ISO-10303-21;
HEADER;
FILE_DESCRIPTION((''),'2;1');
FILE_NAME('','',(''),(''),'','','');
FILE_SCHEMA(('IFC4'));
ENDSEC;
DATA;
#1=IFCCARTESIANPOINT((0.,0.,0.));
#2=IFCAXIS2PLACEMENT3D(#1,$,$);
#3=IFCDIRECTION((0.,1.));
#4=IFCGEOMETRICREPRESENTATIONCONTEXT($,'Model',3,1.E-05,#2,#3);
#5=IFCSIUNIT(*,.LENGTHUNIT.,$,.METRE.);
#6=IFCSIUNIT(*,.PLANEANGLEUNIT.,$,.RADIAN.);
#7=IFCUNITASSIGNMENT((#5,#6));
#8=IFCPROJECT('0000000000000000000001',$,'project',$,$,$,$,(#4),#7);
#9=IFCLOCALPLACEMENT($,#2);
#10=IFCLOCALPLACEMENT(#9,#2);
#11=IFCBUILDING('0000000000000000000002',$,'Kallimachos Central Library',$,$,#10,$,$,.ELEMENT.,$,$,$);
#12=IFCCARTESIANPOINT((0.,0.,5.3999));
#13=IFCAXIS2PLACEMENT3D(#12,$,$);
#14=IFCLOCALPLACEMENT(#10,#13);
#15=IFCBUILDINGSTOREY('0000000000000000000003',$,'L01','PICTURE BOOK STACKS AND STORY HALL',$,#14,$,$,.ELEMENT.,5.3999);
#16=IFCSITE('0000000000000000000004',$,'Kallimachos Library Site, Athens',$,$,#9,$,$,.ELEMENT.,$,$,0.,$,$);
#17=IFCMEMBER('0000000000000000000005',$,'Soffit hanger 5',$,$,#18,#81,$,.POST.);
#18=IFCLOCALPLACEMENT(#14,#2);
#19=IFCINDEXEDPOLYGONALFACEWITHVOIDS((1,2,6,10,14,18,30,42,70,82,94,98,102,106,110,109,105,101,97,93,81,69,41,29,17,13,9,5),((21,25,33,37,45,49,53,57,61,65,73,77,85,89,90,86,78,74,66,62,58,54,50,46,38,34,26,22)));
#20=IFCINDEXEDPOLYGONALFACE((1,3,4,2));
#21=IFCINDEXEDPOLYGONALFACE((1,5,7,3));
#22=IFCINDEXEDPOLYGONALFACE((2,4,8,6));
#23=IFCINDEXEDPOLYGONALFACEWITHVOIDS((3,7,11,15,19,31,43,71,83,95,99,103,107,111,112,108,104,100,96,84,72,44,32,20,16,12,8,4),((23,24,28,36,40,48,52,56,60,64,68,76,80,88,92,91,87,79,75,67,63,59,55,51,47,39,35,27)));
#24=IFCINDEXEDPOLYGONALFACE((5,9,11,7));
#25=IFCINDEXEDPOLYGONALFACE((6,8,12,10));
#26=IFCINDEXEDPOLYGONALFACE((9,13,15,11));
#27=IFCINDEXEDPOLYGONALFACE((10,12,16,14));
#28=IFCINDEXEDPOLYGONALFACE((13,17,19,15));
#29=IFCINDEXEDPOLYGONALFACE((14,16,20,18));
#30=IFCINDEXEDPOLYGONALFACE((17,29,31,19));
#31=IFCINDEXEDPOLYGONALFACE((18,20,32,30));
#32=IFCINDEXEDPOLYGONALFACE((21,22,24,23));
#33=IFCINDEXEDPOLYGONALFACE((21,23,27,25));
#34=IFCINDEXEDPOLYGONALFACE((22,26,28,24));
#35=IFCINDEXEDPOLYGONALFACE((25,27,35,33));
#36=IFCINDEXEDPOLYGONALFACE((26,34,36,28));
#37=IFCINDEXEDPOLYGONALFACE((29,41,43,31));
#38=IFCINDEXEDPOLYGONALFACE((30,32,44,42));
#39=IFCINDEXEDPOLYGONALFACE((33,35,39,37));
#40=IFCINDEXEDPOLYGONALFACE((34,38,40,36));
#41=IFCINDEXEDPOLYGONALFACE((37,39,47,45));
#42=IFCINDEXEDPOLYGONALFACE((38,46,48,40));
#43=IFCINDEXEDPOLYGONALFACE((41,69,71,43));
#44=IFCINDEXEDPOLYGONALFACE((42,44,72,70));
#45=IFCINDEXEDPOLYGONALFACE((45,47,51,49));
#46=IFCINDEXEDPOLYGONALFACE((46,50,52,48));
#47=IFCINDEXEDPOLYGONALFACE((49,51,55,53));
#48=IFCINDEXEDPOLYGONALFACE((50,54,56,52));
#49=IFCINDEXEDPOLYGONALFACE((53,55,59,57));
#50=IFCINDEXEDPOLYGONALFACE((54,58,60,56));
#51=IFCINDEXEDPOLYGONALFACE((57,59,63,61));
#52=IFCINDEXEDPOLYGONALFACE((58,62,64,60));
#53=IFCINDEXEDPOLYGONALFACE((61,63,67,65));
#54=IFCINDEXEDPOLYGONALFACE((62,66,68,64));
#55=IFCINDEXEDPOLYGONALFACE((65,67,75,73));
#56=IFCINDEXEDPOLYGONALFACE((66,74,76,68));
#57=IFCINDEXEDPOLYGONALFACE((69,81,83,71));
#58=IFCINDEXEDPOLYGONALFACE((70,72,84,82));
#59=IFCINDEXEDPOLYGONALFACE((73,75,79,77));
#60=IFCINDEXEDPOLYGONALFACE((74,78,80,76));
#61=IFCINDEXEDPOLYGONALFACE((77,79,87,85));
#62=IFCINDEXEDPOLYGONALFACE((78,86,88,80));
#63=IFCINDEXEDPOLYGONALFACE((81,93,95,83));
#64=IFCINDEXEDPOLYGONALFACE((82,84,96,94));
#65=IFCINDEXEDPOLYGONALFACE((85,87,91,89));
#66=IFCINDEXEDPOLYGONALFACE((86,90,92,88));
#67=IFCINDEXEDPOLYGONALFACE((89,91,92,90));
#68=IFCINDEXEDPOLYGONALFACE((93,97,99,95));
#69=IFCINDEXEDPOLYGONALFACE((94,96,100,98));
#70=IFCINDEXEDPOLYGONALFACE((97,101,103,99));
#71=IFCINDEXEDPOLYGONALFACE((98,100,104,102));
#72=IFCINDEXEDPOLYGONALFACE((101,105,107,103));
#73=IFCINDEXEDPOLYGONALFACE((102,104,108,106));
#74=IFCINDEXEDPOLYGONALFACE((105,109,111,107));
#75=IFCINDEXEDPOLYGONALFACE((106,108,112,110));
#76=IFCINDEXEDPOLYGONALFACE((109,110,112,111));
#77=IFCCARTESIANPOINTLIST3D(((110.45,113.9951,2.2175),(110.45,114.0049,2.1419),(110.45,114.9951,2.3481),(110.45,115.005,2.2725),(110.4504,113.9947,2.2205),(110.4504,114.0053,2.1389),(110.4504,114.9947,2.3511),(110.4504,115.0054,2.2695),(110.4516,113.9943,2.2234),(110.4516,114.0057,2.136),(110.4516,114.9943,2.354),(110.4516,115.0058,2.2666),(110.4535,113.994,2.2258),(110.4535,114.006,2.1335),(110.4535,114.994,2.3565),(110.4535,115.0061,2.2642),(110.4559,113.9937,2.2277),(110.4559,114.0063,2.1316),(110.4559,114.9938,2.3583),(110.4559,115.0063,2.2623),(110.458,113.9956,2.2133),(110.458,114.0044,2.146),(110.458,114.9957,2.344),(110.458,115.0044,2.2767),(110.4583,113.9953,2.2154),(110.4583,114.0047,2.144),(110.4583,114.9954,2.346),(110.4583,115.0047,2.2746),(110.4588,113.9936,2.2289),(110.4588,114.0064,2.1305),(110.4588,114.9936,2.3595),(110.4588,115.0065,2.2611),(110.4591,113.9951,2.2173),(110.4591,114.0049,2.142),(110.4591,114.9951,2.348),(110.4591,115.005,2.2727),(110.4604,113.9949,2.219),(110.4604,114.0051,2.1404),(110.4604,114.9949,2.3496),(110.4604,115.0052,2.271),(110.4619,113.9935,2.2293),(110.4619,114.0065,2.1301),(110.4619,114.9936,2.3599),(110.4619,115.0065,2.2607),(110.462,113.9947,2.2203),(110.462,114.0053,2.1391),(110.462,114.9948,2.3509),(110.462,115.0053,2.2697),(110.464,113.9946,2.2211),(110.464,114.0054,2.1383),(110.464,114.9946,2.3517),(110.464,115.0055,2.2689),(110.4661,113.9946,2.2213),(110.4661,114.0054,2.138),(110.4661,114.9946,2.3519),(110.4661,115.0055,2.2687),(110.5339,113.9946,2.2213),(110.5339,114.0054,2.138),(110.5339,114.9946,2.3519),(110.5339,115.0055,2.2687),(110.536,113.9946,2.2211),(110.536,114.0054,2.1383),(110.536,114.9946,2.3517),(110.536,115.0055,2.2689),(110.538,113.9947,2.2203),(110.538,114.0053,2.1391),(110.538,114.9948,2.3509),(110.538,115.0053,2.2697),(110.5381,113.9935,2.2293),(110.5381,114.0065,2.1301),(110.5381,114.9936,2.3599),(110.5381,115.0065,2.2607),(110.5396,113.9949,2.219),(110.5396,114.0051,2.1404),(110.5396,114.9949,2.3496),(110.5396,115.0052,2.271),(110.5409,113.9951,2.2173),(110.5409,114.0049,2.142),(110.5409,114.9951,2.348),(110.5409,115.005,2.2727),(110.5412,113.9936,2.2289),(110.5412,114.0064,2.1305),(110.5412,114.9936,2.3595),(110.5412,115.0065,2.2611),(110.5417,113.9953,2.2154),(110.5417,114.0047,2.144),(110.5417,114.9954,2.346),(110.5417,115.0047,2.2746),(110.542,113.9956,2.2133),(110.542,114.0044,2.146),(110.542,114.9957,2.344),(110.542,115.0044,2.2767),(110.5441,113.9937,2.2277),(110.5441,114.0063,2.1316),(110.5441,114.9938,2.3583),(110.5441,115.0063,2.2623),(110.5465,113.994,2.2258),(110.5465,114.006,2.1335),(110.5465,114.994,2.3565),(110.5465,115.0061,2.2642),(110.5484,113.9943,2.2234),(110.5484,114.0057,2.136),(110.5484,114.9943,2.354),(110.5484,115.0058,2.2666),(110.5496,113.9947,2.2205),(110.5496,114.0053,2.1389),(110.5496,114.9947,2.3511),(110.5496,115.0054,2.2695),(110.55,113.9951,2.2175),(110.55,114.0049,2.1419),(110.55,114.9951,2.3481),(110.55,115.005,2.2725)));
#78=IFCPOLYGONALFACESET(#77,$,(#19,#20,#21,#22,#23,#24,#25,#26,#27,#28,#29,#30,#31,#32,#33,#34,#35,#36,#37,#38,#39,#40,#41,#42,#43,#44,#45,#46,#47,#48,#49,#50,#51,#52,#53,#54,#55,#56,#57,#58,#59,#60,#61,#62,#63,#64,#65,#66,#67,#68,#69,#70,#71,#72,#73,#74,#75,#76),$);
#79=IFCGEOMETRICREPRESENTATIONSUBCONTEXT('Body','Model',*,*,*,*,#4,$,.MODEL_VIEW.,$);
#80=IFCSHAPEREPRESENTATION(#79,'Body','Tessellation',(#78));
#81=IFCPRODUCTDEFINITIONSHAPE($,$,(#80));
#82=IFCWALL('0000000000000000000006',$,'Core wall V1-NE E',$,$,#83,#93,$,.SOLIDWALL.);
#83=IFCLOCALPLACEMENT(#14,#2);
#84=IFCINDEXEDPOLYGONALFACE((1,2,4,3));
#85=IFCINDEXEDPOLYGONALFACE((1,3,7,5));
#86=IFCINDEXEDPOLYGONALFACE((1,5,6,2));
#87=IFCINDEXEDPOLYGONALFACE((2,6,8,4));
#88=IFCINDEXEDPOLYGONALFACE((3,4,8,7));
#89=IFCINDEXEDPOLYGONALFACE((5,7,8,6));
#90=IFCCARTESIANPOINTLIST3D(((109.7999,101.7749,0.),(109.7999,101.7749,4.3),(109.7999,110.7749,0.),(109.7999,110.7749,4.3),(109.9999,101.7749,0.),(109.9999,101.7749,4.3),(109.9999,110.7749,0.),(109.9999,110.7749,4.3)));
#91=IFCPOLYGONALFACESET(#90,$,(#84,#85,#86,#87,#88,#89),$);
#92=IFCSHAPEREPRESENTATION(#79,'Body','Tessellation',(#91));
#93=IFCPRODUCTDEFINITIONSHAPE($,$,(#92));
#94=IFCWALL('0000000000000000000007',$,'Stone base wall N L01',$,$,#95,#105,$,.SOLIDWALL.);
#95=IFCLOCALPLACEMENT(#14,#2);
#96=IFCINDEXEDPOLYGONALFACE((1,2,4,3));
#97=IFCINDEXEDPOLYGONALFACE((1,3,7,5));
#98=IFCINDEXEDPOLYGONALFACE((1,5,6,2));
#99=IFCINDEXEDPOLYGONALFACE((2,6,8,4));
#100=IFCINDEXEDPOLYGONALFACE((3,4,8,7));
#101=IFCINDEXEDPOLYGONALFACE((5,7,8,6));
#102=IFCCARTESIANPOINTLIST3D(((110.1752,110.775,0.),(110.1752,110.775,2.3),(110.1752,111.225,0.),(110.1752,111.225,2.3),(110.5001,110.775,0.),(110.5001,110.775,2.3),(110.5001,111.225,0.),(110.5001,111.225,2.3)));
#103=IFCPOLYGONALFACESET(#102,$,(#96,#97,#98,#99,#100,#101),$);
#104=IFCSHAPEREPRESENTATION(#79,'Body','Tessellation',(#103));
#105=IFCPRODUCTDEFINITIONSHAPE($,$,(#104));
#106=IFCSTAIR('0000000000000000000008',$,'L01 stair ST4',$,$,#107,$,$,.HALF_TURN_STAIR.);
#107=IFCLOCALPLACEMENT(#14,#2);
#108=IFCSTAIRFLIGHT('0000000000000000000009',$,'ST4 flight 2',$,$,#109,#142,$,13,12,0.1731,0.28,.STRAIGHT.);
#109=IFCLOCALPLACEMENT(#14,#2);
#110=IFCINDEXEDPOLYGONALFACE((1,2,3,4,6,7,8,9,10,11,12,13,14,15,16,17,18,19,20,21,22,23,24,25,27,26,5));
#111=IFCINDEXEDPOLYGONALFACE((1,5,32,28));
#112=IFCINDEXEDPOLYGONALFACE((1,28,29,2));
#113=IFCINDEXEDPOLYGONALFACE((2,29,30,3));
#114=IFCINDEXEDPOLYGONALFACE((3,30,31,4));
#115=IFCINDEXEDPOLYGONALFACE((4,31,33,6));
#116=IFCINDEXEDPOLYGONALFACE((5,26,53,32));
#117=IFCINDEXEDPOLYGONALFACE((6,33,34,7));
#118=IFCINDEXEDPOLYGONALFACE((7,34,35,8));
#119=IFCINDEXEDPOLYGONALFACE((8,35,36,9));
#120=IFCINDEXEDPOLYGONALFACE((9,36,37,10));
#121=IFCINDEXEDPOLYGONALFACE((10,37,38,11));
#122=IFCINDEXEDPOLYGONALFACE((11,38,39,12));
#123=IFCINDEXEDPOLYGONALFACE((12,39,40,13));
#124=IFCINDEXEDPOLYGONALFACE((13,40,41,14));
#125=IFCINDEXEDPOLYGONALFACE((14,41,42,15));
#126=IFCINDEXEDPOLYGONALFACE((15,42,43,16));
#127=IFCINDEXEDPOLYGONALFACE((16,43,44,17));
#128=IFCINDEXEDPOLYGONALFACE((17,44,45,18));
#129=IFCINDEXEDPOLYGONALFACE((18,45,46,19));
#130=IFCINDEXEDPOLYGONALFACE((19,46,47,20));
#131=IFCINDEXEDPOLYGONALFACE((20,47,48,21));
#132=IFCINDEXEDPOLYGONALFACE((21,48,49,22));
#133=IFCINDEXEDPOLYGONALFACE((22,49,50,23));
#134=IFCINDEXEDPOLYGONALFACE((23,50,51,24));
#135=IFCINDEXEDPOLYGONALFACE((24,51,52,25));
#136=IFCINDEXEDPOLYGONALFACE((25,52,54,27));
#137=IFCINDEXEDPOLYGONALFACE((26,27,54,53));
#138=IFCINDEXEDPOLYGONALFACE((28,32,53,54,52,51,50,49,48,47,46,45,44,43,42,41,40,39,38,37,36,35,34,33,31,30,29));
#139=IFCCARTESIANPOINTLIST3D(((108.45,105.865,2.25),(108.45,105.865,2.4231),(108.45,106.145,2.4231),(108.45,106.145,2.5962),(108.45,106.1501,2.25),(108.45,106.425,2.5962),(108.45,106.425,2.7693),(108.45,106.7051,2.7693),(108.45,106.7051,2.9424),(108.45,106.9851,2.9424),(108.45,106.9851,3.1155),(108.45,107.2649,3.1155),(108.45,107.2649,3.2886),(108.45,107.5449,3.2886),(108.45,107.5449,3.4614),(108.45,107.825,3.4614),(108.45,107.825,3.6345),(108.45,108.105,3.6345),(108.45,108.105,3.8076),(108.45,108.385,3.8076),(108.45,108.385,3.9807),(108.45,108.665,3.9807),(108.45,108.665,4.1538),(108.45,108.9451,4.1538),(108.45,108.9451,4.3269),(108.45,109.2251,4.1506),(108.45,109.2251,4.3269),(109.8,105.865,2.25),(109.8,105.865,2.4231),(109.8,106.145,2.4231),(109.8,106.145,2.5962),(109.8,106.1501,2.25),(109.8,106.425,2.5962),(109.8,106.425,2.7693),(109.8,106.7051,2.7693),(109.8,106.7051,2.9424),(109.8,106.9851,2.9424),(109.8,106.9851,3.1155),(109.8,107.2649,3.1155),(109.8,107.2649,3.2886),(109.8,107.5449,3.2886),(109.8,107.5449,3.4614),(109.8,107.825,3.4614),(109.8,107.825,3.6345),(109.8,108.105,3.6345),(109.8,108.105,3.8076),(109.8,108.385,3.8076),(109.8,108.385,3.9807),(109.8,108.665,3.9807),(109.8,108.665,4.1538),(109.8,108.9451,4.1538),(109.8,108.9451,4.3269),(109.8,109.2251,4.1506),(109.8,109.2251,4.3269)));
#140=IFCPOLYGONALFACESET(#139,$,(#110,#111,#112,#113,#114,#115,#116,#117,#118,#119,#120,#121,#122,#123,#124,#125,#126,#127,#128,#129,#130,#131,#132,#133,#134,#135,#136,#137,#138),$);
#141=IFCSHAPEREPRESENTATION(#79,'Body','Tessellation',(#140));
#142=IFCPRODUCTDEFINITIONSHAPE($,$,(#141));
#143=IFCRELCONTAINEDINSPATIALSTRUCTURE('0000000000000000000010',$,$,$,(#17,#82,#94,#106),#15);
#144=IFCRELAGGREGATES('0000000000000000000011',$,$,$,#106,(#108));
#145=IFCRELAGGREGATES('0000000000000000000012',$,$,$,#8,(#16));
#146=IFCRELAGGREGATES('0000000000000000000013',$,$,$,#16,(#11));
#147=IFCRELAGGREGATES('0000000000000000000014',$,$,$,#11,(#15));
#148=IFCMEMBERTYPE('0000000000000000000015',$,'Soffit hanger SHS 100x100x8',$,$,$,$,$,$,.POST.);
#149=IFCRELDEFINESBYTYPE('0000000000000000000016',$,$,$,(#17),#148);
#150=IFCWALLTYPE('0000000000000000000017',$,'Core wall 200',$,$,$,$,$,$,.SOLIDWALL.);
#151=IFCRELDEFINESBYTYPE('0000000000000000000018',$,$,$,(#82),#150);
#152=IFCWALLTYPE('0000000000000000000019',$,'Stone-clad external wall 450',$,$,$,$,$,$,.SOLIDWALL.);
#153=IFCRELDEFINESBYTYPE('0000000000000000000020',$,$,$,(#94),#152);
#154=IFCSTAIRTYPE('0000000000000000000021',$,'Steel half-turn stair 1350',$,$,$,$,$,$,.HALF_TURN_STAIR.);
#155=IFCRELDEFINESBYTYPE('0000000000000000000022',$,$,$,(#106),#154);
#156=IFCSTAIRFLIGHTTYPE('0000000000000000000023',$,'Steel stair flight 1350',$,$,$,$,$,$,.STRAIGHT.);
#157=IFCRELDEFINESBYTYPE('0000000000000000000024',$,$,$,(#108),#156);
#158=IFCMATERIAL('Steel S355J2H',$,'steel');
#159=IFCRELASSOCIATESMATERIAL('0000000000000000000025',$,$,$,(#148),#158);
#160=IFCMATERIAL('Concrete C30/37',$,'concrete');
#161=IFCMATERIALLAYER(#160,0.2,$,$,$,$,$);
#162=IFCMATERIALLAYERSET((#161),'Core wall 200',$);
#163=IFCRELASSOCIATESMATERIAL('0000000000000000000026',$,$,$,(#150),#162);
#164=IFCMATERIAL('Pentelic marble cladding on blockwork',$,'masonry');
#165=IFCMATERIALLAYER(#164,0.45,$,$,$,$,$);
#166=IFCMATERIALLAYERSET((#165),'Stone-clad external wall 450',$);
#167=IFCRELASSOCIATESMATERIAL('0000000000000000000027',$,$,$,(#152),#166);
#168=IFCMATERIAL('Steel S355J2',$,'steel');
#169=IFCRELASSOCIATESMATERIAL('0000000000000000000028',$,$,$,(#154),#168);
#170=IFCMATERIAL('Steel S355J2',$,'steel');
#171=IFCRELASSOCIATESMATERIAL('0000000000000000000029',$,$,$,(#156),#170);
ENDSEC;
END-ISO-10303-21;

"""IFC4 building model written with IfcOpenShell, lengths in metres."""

from ifc_helpers import new_model, si_unit, direction, frame, frame_2d, origin, origin_2d, place, context, subcontext, project, spatial, polyline, rectangle, hollow_rectangle, outline, extrude, material, layer, layer_set, material_profile, profile_set, type_object, element, aggregate, save


model = new_model("IFC4")

# Units and contexts
model_context = context("Model", 3, precision=1e-05, world=origin(), true_north=direction((0.0, 1.0)))
body_context = subcontext(model_context, "Body", "Model", "MODEL_VIEW")
ifc_project = project(units=[si_unit("LENGTHUNIT", "METRE"), si_unit("PLANEANGLEUNIT", "RADIAN")], contexts=[model_context])

# Site, building, storey
site_placement = place(None, origin())
site = spatial("IfcSite", under=ifc_project, at=site_placement, Name="Kallimachos Library Site, Athens", CompositionType="ELEMENT", RefElevation=0.0)
building_placement = place(site_placement, origin())
building = spatial("IfcBuilding", under=site, at=building_placement, Name="Kallimachos Central Library", CompositionType="ELEMENT")
storey_placement = place(building_placement, frame((0.0, 0.0, 5.3999)))
storey = spatial("IfcBuildingStorey", under=building, at=storey_placement, Name="L01", Description="PICTURE BOOK STACKS AND STORY HALL", CompositionType="ELEMENT", Elevation=5.3999)

# Member
ifc_material_1 = material(Name="Steel S355J2H", Category="steel")
ifc_material_profile_1 = material_profile(ifc_material_1, hollow_rectangle(XDim=0.1001, YDim=0.1001, WallThickness=0.0081, InnerFilletRadius=0.0081, OuterFilletRadius=0.012, at=origin_2d()), Name="SHS 100x100x8")
ifc_profile_set_1 = profile_set([ifc_material_profile_1], Name="Steel S355J2H")
member_type_1 = type_object("IfcMemberType", Name="Soffit hanger SHS 100x100x8", PredefinedType="POST", material=ifc_profile_set_1)
member_1_placement = place(storey_placement, frame((110.5, 114.0, 2.1797), z_axis=(0.0, 0.991577, 0.129515), x_axis=(-1.0, 0.0, 0.0)))
element("IfcMember", 1, at=member_1_placement, inside=storey, type_object=member_type_1, Name="Soffit hanger 5", PredefinedType="POST", context=body_context, shape_type="SweptSolid", body=[
    extrude(hollow_rectangle(XDim=0.1001, YDim=0.1001, WallThickness=0.0081, InnerFilletRadius=0.0081, OuterFilletRadius=0.012, at=origin_2d()), origin(), (0.0, 0.0, 1.0), 1.0085),
])

# Walls
ifc_material_2 = material(Name="Concrete C30/37", Category="concrete")
ifc_layer_1 = layer(ifc_material_2, 0.2)
ifc_layer_set_1 = layer_set([ifc_layer_1], Name="Core wall 200")
wall_type_1 = type_object("IfcWallType", Name="Core wall 200", PredefinedType="SOLIDWALL", material=ifc_layer_set_1)
wall_1_placement = place(storey_placement, frame((109.8999, 101.7749, 0.0), z_axis=(0.0, 0.0, 1.0), x_axis=(0.0, 1.0, 0.0)))
element("IfcWall", 2, at=wall_1_placement, inside=storey, type_object=wall_type_1, Name="Core wall V1-NE E", PredefinedType="SOLIDWALL", context=body_context, shape_type="SweptSolid", body=[
    extrude(rectangle(XDim=9.0, YDim=0.2, at=frame_2d((4.5, 0.0))), origin(), (0.0, 0.0, 1.0), 4.3),
])
ifc_material_3 = material(Name="Pentelic marble cladding on blockwork", Category="masonry")
ifc_layer_2 = layer(ifc_material_3, 0.45)
ifc_layer_set_2 = layer_set([ifc_layer_2], Name="Stone-clad external wall 450")
wall_type_2 = type_object("IfcWallType", Name="Stone-clad external wall 450", PredefinedType="SOLIDWALL", material=ifc_layer_set_2)
wall_2_placement = place(storey_placement, frame((110.175, 111.0, 0.0), z_axis=(0.0, 0.0, 1.0), x_axis=(1.0, 0.0, 0.0)))
element("IfcWall", 3, at=wall_2_placement, inside=storey, type_object=wall_type_2, Name="Stone base wall N L01", PredefinedType="SOLIDWALL", context=body_context, shape_type="SweptSolid", body=[
    extrude(rectangle(XDim=0.325, YDim=0.45, at=frame_2d((0.1626, 0.0))), origin(), (0.0, 0.0, 1.0), 2.3),
])

# Stair, stair flight
ifc_material_4 = material(Name="Steel S355J2", Category="steel")
stair_type = type_object("IfcStairType", Name="Steel half-turn stair 1350", PredefinedType="HALF_TURN_STAIR", material=ifc_material_4)
stair_placement = place(storey_placement, origin())
stair = element("IfcStair", 4, at=stair_placement, inside=storey, type_object=stair_type, Name="L01 stair ST4", PredefinedType="HALF_TURN_STAIR")
ifc_material_5 = material(Name="Steel S355J2", Category="steel")
stair_flight_type = type_object("IfcStairFlightType", Name="Steel stair flight 1350", PredefinedType="STRAIGHT", material=ifc_material_5)
stair_flight_placement = place(storey_placement, frame((109.125, 105.865, 2.25), z_axis=(0.0, 0.0, 1.0), x_axis=(0.0, 1.0, 0.0)))
stair_flight = element("IfcStairFlight", 5, at=stair_flight_placement, type_object=stair_flight_type, Name="ST4 flight 2", NumberOfRisers=13, NumberOfTreads=12, PredefinedType="STRAIGHT", RiserHeight=0.1731, TreadLength=0.28, context=body_context, shape_type="SweptSolid", body=[
    extrude(outline(polyline([(0.0, 0.0), (0.0, 0.1731), (0.28, 0.1731), (0.28, 0.3462), (0.5601, 0.3462), (0.5601, 0.5193), (0.8401, 0.5193), (0.8401, 0.6924), (1.1201, 0.6924), (1.1201, 0.8655), (1.3999, 0.8655), (1.3999, 1.0386), (1.6799, 1.0386), (1.6799, 1.2114), (1.96, 1.2114), (1.96, 1.3845), (2.24, 1.3845), (2.24, 1.5576), (2.52, 1.5576), (2.52, 1.7307), (2.8, 1.7307), (2.8, 1.9038), (3.0801, 1.9038), (3.0801, 2.0769), (3.3601, 2.0769), (3.3601, 2.25), (3.3601, 1.9006), (0.2852, 0.0), (0.0, 0.0)])), frame((0.0, 0.675, 0.0), z_axis=(0.0, -1.0, 0.0), x_axis=(1.0, 0.0, 0.0)), (0.0, 0.0, 1.0), 1.3501),
])
aggregate(stair, [stair_flight])

save(model, "model.ifc")
